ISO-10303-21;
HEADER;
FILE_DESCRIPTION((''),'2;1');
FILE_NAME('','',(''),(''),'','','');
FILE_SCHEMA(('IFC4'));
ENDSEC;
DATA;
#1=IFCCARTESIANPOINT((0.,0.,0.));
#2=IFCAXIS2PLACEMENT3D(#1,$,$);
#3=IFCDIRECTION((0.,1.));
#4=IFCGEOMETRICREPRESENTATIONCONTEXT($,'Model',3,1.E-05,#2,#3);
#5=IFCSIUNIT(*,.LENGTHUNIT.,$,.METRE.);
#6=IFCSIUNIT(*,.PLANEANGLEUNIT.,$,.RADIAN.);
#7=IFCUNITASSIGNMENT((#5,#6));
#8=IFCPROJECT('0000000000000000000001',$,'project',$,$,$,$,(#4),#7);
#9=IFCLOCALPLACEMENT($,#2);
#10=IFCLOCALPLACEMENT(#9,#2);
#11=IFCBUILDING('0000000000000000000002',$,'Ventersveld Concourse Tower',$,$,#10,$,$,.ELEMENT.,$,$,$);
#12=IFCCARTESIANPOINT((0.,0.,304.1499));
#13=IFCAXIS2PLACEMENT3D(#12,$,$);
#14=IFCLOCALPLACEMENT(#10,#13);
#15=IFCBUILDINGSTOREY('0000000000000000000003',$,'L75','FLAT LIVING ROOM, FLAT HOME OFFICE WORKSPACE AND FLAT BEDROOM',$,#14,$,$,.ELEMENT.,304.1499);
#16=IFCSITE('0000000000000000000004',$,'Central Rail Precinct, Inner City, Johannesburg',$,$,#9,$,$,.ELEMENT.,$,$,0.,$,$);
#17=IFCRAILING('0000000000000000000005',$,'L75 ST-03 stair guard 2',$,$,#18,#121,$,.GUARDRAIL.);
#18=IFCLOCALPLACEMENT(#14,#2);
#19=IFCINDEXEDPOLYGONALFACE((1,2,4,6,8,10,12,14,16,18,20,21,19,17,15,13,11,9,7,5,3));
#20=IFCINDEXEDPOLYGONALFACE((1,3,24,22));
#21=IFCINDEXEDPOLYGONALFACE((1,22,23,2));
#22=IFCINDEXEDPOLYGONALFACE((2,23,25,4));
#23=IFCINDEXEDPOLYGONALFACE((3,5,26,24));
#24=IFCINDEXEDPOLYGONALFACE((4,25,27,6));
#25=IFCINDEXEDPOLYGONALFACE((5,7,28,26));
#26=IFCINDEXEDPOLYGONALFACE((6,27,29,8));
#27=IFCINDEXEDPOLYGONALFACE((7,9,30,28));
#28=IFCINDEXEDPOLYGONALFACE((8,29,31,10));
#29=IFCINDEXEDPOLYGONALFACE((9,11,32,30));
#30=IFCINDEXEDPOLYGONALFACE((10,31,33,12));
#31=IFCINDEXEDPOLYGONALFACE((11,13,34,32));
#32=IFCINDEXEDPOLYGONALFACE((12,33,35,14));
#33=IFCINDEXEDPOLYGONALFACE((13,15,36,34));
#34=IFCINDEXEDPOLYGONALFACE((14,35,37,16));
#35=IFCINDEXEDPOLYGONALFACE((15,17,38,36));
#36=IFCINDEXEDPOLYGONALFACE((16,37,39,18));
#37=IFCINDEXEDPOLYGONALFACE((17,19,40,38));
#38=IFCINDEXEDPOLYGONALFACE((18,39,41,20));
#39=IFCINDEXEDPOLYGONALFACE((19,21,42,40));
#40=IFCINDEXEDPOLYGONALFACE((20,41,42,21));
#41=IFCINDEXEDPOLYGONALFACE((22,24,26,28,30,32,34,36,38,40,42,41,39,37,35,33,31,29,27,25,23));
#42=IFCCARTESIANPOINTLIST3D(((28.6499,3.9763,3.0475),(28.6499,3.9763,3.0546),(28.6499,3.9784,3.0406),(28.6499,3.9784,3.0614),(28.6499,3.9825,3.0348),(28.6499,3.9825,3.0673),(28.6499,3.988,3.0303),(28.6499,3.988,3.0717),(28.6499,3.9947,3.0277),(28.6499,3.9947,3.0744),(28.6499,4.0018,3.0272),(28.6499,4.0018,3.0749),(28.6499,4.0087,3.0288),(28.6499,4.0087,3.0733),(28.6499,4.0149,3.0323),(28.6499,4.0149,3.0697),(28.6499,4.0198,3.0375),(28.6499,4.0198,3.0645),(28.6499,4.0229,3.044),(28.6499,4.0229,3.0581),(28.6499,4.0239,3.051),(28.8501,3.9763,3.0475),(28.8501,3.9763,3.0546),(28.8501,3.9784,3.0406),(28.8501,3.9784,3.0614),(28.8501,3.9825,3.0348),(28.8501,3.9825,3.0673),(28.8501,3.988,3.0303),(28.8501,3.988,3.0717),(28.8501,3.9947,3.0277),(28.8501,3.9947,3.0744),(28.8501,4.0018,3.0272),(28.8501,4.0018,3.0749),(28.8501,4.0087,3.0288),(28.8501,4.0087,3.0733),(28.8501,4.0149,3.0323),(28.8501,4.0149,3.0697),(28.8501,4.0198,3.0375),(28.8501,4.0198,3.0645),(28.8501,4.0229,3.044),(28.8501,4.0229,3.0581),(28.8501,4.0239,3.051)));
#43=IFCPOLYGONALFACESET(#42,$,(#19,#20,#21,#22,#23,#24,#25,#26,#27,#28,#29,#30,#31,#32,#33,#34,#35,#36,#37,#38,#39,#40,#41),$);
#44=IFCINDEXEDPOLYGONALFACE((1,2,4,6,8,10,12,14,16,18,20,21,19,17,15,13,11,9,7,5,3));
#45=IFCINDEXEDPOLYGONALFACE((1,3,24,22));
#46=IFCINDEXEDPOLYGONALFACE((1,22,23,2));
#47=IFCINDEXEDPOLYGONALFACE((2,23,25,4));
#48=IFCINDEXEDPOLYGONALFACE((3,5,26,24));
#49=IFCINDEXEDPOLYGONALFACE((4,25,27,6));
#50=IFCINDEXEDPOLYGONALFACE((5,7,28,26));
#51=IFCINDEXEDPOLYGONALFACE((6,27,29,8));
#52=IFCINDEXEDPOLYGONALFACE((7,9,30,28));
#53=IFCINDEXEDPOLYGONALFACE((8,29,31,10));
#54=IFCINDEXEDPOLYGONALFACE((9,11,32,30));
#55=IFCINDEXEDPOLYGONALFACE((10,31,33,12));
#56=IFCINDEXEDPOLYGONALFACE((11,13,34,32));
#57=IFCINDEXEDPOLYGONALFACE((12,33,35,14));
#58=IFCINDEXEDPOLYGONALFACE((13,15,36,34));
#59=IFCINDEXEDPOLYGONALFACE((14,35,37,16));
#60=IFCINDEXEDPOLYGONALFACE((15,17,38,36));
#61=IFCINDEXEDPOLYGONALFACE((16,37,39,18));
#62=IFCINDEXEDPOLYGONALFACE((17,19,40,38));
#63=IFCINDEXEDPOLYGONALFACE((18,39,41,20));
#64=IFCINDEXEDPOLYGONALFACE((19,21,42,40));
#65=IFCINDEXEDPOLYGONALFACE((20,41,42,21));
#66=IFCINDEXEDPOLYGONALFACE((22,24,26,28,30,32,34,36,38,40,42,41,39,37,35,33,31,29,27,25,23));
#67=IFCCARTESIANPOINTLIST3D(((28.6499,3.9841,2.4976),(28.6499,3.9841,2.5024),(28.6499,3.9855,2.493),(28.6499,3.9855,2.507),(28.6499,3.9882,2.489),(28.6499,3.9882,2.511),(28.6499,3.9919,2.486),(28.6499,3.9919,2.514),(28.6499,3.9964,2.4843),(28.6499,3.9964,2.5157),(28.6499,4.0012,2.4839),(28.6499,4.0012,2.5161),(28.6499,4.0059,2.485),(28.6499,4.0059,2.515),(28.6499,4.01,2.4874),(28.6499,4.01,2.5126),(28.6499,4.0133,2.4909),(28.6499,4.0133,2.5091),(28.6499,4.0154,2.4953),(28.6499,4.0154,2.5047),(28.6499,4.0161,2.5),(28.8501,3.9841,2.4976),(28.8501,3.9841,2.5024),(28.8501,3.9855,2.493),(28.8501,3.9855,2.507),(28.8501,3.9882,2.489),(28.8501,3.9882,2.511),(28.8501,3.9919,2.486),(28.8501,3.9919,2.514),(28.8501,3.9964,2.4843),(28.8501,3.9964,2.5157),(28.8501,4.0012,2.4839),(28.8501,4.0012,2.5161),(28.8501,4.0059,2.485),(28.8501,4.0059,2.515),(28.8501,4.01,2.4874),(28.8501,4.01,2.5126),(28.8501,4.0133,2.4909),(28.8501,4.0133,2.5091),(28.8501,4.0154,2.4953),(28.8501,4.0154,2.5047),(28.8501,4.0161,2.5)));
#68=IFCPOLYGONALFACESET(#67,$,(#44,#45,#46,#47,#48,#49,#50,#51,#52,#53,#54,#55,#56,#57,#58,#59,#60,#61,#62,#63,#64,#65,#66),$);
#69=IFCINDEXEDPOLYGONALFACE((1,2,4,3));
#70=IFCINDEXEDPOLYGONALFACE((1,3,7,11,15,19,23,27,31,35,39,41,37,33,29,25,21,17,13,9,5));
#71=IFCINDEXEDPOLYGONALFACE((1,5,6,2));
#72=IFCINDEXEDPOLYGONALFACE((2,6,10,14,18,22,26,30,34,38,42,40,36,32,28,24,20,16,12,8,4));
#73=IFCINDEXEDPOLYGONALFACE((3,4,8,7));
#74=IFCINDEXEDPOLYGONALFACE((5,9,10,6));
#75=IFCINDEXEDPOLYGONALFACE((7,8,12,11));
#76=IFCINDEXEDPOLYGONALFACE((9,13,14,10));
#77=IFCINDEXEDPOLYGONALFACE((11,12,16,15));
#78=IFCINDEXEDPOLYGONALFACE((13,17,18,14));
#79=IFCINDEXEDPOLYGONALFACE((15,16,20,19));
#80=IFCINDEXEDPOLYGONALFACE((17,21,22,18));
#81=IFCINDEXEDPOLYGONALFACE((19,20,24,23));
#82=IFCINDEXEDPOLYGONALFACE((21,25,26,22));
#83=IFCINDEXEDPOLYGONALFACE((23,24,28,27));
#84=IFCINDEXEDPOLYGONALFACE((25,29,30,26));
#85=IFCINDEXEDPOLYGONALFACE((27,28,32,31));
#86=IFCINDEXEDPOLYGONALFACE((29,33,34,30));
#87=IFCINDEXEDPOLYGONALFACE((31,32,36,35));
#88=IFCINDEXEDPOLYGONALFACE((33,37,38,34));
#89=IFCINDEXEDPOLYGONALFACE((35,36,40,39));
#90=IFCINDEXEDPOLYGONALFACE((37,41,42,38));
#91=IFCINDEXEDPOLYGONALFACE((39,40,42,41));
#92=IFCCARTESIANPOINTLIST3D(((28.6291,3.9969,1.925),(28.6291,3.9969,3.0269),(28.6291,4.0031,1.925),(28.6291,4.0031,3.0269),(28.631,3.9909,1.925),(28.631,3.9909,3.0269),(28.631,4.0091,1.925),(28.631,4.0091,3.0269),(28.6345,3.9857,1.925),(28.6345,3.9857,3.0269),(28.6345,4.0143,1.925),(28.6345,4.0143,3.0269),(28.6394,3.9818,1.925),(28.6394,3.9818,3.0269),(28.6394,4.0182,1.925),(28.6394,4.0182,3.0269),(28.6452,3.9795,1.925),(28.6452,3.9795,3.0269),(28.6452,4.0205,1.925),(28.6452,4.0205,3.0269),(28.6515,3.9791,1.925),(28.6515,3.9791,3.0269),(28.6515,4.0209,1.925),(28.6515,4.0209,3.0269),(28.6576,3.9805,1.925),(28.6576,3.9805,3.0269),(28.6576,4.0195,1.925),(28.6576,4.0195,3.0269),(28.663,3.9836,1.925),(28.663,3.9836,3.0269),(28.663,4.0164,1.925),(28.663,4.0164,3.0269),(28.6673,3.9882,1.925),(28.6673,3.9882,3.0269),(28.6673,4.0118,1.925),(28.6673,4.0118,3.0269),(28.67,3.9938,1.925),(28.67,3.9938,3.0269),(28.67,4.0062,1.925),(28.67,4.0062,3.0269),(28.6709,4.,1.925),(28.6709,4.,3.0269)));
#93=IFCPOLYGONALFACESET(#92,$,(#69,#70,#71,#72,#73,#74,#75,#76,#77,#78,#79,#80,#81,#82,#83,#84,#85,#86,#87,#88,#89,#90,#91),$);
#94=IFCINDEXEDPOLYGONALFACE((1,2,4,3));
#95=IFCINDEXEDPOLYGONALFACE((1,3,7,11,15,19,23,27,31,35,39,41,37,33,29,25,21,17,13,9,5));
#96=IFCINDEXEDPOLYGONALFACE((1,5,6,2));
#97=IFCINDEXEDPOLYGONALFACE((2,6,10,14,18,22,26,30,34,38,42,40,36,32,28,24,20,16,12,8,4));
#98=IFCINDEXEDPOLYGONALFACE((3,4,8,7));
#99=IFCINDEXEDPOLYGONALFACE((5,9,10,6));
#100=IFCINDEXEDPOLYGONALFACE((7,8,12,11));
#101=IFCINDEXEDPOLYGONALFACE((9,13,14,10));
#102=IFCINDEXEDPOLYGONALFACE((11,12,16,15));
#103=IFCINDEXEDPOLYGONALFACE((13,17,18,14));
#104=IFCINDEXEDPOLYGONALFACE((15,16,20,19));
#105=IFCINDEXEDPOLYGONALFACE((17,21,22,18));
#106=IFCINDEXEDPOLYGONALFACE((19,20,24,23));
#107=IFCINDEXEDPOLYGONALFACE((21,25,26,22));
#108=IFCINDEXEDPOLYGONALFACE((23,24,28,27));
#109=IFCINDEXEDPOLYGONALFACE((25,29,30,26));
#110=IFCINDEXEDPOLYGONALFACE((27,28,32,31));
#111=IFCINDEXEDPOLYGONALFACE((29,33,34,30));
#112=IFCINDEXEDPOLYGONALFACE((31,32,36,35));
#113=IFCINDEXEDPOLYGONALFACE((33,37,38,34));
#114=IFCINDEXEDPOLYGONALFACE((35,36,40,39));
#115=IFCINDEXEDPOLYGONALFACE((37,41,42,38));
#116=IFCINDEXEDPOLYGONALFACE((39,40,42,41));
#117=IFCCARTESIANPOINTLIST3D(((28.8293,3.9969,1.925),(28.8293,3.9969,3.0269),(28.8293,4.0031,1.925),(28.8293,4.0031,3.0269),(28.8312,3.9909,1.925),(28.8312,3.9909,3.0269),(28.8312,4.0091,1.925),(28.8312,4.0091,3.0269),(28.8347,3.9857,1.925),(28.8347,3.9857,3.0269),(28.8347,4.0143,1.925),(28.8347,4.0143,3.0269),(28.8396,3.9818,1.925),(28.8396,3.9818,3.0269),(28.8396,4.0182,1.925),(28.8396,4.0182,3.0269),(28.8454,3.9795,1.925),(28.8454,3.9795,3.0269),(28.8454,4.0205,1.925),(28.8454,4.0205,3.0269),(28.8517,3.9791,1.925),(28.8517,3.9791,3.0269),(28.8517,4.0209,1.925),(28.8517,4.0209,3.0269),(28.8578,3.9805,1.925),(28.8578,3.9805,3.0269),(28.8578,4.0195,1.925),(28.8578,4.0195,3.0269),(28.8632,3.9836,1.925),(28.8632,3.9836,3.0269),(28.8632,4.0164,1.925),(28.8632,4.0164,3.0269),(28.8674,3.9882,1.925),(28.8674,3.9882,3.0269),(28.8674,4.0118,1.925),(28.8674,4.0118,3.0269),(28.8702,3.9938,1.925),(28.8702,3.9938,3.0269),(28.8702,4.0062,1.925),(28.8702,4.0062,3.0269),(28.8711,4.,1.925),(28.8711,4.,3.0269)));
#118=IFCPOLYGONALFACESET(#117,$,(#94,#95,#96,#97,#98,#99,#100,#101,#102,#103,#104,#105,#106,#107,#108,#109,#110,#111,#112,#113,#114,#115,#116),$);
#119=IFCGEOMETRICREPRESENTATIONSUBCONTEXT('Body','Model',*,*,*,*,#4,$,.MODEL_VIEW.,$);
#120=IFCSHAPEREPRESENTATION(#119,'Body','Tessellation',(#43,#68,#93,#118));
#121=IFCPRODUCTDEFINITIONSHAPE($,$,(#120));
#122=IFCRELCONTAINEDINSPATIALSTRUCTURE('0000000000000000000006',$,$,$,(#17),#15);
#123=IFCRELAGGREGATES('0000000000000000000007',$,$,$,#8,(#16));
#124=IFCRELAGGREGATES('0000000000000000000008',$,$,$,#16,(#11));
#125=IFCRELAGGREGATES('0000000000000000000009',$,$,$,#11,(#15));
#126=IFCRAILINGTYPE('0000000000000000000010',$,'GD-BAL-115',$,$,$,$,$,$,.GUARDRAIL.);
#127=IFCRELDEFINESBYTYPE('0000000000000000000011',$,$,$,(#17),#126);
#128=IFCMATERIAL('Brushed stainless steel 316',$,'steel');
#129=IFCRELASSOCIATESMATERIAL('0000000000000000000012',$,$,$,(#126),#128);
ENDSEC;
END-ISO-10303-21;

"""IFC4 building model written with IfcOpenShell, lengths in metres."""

from ifc_helpers import new_model, si_unit, direction, frame, origin, origin_2d, place, context, subcontext, project, spatial, circle, extrude, material, type_object, element, save


model = new_model("IFC4")

# Units and contexts
model_context = context("Model", 3, precision=1e-05, world=origin(), true_north=direction((0.0, 1.0)))
body_context = subcontext(model_context, "Body", "Model", "MODEL_VIEW")
ifc_project = project(units=[si_unit("LENGTHUNIT", "METRE"), si_unit("PLANEANGLEUNIT", "RADIAN")], contexts=[model_context])

# Site, building, storey
site_placement = place(None, origin())
site = spatial("IfcSite", under=ifc_project, at=site_placement, Name="Central Rail Precinct, Inner City, Johannesburg", CompositionType="ELEMENT", RefElevation=0.0)
building_placement = place(site_placement, origin())
building = spatial("IfcBuilding", under=site, at=building_placement, Name="Ventersveld Concourse Tower", CompositionType="ELEMENT")
storey_placement = place(building_placement, frame((0.0, 0.0, 304.1499)))
storey = spatial("IfcBuildingStorey", under=building, at=storey_placement, Name="L75", Description="FLAT LIVING ROOM, FLAT HOME OFFICE WORKSPACE AND FLAT BEDROOM", CompositionType="ELEMENT", Elevation=304.1499)

# Shared definitions
ifc_material_1 = material(Name="Brushed stainless steel 316", Category="steel")

# Railing
railing_type_1 = type_object("IfcRailingType", Name="GD-BAL-115", PredefinedType="GUARDRAIL", material=ifc_material_1)
railing_1_placement = place(storey_placement, frame((28.6499, 4.0, 1.925)))
element("IfcRailing", 1, at=railing_1_placement, inside=storey, type_object=railing_type_1, Name="L75 ST-03 stair guard 2", PredefinedType="GUARDRAIL", context=body_context, shape_type="SweptSolid", body=[
    extrude(circle(Radius=0.0239, at=origin_2d()), frame((0.0, 0.0, 1.126), z_axis=(1.0, 0.0, 0.0), x_axis=(0.0, 1.0, 0.0)), (0.0, 0.0, 1.0), 0.2002),
    extrude(circle(Radius=0.0161, at=origin_2d()), frame((0.0, 0.0, 0.575), z_axis=(1.0, 0.0, 0.0), x_axis=(0.0, 1.0, 0.0)), (0.0, 0.0, 1.0), 0.2002),
    extrude(circle(Radius=0.021, at=origin_2d()), origin(), (0.0, 0.0, 1.0), 1.1018),
    extrude(circle(Radius=0.021, at=origin_2d()), frame((0.2002, 0.0, 0.0)), (0.0, 0.0, 1.0), 1.1018),
])

save(model, "model.ifc")
